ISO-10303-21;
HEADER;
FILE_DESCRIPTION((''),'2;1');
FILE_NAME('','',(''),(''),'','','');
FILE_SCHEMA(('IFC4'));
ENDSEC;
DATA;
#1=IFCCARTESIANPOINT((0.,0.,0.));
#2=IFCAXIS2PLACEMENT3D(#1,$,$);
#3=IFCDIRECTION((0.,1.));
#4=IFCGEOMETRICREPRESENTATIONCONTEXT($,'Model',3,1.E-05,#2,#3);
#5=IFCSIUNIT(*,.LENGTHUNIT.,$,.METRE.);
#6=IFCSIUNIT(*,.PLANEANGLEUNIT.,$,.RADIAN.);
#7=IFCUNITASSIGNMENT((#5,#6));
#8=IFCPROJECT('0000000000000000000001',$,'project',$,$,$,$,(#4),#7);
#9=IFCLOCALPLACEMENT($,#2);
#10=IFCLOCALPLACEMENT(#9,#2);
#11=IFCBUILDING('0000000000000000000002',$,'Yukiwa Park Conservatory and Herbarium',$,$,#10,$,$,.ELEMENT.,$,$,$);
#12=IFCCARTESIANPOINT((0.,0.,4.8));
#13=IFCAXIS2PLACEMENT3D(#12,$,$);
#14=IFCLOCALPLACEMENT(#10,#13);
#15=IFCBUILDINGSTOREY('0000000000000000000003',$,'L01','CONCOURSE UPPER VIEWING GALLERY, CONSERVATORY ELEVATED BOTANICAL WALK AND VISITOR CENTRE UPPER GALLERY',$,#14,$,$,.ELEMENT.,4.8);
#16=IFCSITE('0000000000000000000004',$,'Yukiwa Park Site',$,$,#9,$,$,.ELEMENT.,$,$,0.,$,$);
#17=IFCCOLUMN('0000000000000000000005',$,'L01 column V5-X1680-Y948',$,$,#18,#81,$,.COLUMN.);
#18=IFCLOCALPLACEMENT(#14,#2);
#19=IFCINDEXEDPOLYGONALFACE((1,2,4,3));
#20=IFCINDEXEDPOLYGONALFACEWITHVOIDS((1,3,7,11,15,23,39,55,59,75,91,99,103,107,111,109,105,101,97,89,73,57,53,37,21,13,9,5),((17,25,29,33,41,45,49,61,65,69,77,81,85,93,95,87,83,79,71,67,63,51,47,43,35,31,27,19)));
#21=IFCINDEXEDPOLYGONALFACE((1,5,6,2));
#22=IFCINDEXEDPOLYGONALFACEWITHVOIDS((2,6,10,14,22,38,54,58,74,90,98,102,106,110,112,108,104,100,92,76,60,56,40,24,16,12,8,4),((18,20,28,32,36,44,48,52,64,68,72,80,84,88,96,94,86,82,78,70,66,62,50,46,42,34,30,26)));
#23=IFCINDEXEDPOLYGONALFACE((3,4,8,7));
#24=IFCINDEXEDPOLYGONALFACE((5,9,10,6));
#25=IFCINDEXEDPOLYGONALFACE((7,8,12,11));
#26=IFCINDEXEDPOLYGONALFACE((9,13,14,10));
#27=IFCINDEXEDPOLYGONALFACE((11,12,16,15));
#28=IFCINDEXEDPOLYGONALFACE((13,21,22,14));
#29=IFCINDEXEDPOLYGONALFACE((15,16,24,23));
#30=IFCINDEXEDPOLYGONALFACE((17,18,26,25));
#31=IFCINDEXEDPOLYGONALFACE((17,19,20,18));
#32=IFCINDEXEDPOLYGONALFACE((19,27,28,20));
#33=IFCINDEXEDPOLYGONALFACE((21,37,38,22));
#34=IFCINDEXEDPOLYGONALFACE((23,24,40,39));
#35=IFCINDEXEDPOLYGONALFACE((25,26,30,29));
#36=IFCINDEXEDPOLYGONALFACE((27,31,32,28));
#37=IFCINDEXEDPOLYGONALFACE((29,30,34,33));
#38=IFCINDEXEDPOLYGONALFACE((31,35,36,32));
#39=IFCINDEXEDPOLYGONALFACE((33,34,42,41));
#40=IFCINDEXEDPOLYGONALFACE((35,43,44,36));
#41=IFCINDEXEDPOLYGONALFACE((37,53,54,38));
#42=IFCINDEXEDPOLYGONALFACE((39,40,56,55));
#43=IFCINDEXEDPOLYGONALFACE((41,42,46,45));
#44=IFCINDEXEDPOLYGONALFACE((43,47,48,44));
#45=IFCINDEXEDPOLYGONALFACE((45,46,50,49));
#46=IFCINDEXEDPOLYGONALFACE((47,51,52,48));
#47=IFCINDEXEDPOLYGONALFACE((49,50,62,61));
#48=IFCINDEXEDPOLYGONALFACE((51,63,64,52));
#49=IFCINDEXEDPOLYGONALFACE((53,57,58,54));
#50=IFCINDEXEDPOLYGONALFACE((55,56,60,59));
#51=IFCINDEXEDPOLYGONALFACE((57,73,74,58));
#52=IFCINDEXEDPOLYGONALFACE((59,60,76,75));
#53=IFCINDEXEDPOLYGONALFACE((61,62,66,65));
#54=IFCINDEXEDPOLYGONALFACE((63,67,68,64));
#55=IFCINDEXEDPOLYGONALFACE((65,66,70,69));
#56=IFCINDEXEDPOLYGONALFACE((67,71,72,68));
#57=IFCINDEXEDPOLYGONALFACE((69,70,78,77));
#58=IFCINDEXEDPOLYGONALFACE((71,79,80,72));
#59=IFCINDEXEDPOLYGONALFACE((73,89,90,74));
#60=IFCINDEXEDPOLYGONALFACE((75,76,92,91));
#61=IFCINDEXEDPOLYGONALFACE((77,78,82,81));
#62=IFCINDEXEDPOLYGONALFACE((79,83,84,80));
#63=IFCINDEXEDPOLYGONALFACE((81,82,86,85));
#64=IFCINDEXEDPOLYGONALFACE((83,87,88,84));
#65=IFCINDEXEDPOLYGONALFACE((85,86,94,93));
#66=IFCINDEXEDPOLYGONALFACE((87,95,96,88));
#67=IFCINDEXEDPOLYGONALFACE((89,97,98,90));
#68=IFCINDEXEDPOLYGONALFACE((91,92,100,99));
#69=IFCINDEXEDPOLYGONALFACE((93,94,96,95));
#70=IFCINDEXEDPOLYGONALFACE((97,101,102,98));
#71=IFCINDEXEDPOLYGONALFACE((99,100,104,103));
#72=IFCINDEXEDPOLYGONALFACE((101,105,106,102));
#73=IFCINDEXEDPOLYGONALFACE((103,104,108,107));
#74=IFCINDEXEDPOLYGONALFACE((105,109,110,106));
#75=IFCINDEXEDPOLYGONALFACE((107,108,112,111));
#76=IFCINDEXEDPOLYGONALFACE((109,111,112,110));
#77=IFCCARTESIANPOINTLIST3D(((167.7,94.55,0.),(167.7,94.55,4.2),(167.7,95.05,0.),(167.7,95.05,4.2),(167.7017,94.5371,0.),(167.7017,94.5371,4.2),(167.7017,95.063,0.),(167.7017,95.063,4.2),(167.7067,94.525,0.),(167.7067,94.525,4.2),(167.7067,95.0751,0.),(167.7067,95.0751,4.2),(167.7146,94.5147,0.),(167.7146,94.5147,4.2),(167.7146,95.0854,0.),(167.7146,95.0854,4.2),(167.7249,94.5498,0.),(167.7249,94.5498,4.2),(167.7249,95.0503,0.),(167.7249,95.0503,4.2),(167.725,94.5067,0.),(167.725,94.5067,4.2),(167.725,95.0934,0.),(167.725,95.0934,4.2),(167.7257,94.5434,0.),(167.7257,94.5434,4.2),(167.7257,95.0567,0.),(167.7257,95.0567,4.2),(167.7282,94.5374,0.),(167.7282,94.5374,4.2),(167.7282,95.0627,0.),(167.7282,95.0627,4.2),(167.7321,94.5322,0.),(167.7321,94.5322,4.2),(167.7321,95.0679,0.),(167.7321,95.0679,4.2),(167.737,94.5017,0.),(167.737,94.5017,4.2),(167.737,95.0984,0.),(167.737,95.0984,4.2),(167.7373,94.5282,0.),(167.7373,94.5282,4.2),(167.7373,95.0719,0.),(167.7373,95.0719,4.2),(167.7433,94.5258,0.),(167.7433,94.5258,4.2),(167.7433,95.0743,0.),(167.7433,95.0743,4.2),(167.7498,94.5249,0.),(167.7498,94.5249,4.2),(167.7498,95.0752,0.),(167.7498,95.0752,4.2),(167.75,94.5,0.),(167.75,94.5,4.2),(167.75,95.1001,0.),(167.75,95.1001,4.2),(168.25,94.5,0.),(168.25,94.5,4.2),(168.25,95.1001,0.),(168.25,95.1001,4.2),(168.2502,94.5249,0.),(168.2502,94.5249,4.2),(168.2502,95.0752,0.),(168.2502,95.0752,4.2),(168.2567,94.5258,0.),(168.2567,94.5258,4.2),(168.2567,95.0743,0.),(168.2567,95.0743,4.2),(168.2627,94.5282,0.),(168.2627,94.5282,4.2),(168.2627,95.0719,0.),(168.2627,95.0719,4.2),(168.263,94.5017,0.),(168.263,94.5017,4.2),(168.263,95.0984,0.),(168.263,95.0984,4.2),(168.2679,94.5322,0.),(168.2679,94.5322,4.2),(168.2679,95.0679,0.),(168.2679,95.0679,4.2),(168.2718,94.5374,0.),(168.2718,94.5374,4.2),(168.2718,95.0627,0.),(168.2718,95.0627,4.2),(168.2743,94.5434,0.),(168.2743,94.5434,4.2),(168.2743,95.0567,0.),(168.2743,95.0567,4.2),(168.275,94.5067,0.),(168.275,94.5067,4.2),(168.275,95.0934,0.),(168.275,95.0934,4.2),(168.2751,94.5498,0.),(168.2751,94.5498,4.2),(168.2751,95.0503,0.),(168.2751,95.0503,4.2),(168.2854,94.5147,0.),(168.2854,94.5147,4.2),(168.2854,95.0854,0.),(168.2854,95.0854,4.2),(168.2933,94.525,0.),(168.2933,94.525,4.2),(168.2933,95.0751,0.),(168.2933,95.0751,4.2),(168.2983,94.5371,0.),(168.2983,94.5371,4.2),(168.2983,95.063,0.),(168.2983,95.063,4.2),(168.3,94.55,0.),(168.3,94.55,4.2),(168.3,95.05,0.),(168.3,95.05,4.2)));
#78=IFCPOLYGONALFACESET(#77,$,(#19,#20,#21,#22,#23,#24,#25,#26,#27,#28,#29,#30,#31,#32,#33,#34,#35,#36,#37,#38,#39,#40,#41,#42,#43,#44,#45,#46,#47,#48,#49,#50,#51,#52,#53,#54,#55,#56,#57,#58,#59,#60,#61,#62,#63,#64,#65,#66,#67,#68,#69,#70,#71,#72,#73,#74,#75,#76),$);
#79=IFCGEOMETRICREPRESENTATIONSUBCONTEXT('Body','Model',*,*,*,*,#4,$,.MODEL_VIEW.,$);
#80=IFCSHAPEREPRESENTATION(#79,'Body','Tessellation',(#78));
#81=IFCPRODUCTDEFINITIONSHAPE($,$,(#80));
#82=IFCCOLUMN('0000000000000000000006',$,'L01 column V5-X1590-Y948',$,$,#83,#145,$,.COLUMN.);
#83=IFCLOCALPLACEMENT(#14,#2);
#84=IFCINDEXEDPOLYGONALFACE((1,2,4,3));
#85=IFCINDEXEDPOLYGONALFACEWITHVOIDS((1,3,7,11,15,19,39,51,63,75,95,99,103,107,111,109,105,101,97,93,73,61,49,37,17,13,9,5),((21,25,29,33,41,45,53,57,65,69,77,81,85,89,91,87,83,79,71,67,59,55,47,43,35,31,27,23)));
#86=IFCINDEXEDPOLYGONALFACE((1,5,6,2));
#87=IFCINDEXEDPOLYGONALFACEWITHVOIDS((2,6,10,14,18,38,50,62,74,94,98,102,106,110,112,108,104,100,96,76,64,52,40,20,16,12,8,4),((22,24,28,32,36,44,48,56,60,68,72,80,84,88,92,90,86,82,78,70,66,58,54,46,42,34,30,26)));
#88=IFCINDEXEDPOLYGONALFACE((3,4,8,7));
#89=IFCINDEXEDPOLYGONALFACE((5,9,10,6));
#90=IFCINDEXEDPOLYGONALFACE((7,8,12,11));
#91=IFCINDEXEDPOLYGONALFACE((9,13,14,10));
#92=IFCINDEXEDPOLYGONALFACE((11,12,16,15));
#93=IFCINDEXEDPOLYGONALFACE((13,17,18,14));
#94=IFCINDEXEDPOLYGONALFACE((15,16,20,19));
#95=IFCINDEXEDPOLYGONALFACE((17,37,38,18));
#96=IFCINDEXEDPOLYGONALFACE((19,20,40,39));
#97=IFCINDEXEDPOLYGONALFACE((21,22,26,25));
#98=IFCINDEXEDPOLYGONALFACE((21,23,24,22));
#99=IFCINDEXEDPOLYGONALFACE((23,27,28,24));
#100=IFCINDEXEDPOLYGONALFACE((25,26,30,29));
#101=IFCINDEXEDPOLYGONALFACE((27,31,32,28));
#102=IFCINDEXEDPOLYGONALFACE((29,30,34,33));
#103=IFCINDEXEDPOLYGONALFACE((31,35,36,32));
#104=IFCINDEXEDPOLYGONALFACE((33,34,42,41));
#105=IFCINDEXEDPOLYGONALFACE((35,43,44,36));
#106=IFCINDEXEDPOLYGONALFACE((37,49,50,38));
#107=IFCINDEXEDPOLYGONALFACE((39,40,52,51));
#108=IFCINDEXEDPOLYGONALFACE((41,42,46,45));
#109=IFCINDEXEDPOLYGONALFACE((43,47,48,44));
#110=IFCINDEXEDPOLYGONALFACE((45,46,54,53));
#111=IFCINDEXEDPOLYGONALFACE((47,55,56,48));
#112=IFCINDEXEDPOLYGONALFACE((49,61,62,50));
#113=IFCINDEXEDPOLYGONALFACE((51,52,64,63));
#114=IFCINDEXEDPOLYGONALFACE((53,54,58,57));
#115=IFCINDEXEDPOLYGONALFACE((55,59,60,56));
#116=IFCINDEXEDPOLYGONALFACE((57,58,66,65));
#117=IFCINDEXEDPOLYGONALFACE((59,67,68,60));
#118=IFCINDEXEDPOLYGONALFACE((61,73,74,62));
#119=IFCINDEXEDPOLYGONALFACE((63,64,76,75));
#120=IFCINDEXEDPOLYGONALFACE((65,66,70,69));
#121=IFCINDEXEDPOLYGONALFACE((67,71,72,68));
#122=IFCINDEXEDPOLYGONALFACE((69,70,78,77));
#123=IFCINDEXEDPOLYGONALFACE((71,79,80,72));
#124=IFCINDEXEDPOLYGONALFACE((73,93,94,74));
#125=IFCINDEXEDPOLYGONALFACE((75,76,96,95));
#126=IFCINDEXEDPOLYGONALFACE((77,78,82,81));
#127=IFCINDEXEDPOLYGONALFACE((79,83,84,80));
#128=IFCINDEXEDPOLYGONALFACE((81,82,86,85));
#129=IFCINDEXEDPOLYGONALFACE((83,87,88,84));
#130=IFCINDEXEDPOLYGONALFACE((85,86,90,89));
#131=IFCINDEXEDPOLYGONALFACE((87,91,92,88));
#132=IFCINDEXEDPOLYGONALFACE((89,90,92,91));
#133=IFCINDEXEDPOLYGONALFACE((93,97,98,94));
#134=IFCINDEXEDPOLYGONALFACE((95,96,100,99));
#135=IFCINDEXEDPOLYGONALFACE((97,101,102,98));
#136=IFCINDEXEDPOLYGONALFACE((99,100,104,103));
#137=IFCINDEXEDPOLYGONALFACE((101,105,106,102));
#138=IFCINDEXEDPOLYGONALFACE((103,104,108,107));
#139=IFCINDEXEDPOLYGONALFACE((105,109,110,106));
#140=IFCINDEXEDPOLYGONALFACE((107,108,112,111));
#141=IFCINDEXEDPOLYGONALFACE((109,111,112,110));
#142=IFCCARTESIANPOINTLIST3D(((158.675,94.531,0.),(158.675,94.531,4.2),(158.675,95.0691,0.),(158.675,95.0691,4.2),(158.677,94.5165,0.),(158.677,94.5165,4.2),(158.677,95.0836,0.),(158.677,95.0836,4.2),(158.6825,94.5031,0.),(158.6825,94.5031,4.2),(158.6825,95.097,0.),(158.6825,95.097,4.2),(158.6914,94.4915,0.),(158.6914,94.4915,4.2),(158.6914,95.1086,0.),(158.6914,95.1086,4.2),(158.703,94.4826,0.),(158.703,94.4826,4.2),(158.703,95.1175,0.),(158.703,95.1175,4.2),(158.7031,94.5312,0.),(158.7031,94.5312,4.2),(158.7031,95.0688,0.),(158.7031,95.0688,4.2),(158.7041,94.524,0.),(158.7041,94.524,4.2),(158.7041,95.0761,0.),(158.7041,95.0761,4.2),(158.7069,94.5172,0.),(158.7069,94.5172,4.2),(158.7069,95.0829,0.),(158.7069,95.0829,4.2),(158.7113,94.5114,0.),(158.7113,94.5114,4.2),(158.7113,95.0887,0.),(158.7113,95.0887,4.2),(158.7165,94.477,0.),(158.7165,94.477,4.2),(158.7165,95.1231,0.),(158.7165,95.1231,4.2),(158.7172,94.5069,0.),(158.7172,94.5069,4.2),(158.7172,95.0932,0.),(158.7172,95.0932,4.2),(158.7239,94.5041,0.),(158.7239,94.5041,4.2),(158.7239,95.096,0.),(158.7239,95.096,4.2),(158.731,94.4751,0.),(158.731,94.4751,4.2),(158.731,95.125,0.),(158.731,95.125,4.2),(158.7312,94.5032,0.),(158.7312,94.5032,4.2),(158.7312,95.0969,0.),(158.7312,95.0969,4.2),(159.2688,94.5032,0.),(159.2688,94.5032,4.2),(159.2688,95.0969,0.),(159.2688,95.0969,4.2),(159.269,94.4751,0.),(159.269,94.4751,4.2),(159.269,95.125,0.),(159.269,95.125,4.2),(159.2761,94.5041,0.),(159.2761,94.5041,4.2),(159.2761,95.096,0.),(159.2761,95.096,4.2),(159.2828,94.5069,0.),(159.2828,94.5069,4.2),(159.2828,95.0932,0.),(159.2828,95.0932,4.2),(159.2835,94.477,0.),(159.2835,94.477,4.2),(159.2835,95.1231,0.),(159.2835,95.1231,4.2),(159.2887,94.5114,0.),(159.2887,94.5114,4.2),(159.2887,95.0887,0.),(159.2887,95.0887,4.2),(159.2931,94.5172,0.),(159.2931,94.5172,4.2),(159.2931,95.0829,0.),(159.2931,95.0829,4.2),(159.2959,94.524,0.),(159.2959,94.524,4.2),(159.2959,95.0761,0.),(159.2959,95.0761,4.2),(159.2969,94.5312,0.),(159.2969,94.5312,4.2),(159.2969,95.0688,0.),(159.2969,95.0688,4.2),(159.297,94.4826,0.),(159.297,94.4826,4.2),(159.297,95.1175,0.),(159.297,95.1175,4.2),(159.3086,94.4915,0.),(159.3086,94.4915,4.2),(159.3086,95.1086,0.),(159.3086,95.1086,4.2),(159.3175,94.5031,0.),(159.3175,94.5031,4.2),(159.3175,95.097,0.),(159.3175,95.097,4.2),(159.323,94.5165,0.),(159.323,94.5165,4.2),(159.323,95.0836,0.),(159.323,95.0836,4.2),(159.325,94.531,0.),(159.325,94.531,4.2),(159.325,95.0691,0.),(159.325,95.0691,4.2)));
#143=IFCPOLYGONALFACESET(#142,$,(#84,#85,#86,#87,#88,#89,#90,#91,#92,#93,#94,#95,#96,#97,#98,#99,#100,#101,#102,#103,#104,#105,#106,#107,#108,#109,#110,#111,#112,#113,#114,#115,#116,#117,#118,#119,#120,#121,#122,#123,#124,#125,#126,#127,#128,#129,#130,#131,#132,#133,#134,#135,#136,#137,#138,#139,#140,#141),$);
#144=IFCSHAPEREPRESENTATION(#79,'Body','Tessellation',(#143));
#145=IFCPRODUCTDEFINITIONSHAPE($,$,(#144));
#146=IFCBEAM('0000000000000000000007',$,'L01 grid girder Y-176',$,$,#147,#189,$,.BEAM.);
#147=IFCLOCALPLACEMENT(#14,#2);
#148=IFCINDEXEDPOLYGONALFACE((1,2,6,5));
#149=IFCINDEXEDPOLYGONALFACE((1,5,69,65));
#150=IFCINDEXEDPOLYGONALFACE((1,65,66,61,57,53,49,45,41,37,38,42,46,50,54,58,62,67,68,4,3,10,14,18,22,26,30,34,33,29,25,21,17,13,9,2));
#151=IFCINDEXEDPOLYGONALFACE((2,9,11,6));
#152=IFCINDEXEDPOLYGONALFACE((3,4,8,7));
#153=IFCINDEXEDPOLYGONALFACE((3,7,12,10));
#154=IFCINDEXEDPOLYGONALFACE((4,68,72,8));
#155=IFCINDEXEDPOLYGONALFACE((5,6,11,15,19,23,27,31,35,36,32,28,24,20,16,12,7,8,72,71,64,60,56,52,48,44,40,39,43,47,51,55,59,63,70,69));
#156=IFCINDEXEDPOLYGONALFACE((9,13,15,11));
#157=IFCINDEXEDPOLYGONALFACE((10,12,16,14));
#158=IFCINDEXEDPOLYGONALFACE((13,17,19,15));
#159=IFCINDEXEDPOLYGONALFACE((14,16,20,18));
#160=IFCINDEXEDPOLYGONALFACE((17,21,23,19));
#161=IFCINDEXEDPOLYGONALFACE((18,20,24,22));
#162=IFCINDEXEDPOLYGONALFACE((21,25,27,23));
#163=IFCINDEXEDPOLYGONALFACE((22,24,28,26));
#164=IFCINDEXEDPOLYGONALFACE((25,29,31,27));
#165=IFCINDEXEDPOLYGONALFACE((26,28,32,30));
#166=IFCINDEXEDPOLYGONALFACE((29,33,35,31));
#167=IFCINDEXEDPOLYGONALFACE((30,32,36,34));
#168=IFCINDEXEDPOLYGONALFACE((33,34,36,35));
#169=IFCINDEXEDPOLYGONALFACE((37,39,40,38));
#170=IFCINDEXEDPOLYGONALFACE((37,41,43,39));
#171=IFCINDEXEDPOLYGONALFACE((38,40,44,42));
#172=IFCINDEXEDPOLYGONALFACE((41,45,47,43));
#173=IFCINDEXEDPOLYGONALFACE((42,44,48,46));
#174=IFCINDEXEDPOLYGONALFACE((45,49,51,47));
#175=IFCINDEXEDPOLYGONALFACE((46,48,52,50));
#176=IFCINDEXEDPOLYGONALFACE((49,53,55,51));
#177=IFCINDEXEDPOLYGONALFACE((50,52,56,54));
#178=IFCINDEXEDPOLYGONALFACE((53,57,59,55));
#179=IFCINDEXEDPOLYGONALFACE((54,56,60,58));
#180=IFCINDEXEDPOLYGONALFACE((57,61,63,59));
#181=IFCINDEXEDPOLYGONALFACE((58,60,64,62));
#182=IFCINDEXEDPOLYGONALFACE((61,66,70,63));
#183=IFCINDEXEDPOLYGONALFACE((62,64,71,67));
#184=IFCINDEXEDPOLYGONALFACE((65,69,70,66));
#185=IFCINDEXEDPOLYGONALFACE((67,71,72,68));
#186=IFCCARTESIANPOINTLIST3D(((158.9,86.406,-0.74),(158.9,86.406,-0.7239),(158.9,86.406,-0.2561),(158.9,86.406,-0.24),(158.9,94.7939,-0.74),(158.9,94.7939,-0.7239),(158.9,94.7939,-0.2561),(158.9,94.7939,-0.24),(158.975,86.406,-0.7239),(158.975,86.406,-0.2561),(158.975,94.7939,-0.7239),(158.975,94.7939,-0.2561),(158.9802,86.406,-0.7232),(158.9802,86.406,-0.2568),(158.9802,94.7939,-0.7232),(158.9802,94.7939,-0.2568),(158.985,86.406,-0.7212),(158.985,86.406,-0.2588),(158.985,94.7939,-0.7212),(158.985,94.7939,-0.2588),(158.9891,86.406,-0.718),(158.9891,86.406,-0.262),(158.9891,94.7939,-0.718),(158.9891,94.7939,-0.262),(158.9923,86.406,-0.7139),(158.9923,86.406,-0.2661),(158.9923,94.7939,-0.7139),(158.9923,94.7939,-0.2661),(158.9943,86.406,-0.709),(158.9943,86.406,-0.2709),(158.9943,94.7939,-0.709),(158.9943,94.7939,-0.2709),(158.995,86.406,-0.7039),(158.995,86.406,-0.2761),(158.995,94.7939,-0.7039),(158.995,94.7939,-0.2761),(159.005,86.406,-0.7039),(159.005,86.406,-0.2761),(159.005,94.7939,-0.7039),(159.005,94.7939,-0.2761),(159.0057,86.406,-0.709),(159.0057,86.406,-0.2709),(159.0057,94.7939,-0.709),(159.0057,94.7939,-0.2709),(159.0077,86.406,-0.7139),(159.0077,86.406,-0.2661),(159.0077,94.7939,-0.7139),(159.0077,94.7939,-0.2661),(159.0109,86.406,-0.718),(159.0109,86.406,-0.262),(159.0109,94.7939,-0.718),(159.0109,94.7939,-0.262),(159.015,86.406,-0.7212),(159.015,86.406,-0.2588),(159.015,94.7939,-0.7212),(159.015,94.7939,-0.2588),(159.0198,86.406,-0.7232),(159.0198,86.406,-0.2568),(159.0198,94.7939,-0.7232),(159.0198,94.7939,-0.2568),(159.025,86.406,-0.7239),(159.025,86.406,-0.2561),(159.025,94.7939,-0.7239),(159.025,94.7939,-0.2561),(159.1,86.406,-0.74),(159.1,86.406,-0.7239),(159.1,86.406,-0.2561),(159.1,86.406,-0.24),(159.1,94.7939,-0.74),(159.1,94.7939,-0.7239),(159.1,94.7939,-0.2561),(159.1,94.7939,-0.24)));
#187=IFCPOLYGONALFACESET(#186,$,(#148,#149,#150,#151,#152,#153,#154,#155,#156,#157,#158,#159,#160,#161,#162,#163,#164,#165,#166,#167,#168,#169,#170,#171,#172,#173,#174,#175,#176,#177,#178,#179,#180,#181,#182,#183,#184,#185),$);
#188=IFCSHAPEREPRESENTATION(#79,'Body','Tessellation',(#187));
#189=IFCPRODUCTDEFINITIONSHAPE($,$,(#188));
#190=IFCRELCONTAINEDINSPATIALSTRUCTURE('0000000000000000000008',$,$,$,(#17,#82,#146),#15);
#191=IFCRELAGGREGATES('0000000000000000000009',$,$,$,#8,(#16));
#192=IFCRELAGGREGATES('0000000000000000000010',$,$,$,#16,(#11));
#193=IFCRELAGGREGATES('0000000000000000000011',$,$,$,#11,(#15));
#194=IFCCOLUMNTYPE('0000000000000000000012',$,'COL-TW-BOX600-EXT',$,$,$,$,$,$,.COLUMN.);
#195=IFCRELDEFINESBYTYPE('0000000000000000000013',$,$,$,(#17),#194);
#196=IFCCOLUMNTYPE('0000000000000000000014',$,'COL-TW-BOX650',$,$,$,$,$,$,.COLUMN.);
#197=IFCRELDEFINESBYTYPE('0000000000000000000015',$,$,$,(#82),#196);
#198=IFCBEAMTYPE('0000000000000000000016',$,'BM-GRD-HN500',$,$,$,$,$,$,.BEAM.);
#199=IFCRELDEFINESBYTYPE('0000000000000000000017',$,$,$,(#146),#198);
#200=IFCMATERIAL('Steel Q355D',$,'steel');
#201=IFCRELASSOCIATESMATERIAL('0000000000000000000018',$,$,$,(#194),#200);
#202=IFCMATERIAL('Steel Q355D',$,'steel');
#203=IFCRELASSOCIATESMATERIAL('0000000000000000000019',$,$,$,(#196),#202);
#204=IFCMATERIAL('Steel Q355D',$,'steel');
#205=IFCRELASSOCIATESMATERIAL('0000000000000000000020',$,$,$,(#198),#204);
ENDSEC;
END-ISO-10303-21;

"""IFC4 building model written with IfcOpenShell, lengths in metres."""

from ifc_helpers import new_model, si_unit, direction, frame, origin, origin_2d, place, context, subcontext, project, spatial, hollow_rectangle, i_section, extrude, material, material_profile, profile_set, type_object, element, save


model = new_model("IFC4")

# Units and contexts
model_context = context("Model", 3, precision=1e-05, world=origin(), true_north=direction((0.0, 1.0)))
body_context = subcontext(model_context, "Body", "Model", "MODEL_VIEW")
ifc_project = project(units=[si_unit("LENGTHUNIT", "METRE"), si_unit("PLANEANGLEUNIT", "RADIAN")], contexts=[model_context])

# Site, building, storey
site_placement = place(None, origin())
site = spatial("IfcSite", under=ifc_project, at=site_placement, Name="Yukiwa Park Site", CompositionType="ELEMENT", RefElevation=0.0)
building_placement = place(site_placement, origin())
building = spatial("IfcBuilding", under=site, at=building_placement, Name="Yukiwa Park Conservatory and Herbarium", CompositionType="ELEMENT")
storey_placement = place(building_placement, frame((0.0, 0.0, 4.8)))
storey = spatial("IfcBuildingStorey", under=building, at=storey_placement, Name="L01", Description="CONCOURSE UPPER VIEWING GALLERY, CONSERVATORY ELEVATED BOTANICAL WALK AND VISITOR CENTRE UPPER GALLERY", CompositionType="ELEMENT", Elevation=4.8)

# Columns
ifc_material_1 = material(Name="Steel Q355D", Category="steel")
ifc_material_profile_1 = material_profile(ifc_material_1, hollow_rectangle(XDim=0.6001, YDim=0.6001, WallThickness=0.0249, InnerFilletRadius=0.0249, OuterFilletRadius=0.05, at=origin_2d()), Name="BOX 600x600x25")
ifc_profile_set_1 = profile_set([ifc_material_profile_1], Name="Steel Q355D")
column_type_1 = type_object("IfcColumnType", Name="COL-TW-BOX600-EXT", PredefinedType="COLUMN", material=ifc_profile_set_1)
column_1_placement = place(storey_placement, frame((168.0, 94.8, 0.0), z_axis=(0.0, 0.0, 1.0), x_axis=(1.0, 0.0, 0.0)))
element("IfcColumn", 1, at=column_1_placement, inside=storey, type_object=column_type_1, Name="L01 column V5-X1680-Y948", PredefinedType="COLUMN", context=body_context, shape_type="SweptSolid", body=[
    extrude(hollow_rectangle(XDim=0.6001, YDim=0.6001, WallThickness=0.0249, InnerFilletRadius=0.0249, OuterFilletRadius=0.05, at=origin_2d()), origin(), (0.0, 0.0, 1.0), 4.2),
])
ifc_material_2 = material(Name="Steel Q355D", Category="steel")
ifc_material_profile_2 = material_profile(ifc_material_2, hollow_rectangle(XDim=0.6499, YDim=0.6499, WallThickness=0.0281, InnerFilletRadius=0.0281, OuterFilletRadius=0.0559, at=origin_2d()), Name="BOX 650x650x28")
ifc_profile_set_2 = profile_set([ifc_material_profile_2], Name="Steel Q355D")
column_type_2 = type_object("IfcColumnType", Name="COL-TW-BOX650", PredefinedType="COLUMN", material=ifc_profile_set_2)
column_2_placement = place(storey_placement, frame((159.0, 94.8, 0.0), z_axis=(0.0, 0.0, 1.0), x_axis=(1.0, 0.0, 0.0)))
element("IfcColumn", 2, at=column_2_placement, inside=storey, type_object=column_type_2, Name="L01 column V5-X1590-Y948", PredefinedType="COLUMN", context=body_context, shape_type="SweptSolid", body=[
    extrude(hollow_rectangle(XDim=0.6499, YDim=0.6499, WallThickness=0.0281, InnerFilletRadius=0.0281, OuterFilletRadius=0.0559, at=origin_2d()), origin(), (0.0, 0.0, 1.0), 4.2),
])

# Beam
ifc_material_3 = material(Name="Steel Q355D", Category="steel")
ifc_material_profile_3 = material_profile(ifc_material_3, i_section(OverallWidth=0.2, OverallDepth=0.5, WebThickness=0.01, FlangeThickness=0.0161, FilletRadius=0.02, at=origin_2d()), Name="HN 500x200x10x16")
ifc_profile_set_3 = profile_set([ifc_material_profile_3], Name="Steel Q355D")
beam_type_1 = type_object("IfcBeamType", Name="BM-GRD-HN500", PredefinedType="BEAM", material=ifc_profile_set_3)
beam_1_placement = place(storey_placement, frame((159.0, 86.406, -0.49), z_axis=(0.0, 1.0, 0.0), x_axis=(-1.0, 0.0, 0.0)))
element("IfcBeam", 3, at=beam_1_placement, inside=storey, type_object=beam_type_1, Name="L01 grid girder Y-176", PredefinedType="BEAM", context=body_context, shape_type="SweptSolid", body=[
    extrude(i_section(OverallWidth=0.2, OverallDepth=0.5, WebThickness=0.01, FlangeThickness=0.0161, FilletRadius=0.02, at=origin_2d()), origin(), (0.0, 0.0, 1.0), 8.3879),
])

save(model, "model.ifc")
